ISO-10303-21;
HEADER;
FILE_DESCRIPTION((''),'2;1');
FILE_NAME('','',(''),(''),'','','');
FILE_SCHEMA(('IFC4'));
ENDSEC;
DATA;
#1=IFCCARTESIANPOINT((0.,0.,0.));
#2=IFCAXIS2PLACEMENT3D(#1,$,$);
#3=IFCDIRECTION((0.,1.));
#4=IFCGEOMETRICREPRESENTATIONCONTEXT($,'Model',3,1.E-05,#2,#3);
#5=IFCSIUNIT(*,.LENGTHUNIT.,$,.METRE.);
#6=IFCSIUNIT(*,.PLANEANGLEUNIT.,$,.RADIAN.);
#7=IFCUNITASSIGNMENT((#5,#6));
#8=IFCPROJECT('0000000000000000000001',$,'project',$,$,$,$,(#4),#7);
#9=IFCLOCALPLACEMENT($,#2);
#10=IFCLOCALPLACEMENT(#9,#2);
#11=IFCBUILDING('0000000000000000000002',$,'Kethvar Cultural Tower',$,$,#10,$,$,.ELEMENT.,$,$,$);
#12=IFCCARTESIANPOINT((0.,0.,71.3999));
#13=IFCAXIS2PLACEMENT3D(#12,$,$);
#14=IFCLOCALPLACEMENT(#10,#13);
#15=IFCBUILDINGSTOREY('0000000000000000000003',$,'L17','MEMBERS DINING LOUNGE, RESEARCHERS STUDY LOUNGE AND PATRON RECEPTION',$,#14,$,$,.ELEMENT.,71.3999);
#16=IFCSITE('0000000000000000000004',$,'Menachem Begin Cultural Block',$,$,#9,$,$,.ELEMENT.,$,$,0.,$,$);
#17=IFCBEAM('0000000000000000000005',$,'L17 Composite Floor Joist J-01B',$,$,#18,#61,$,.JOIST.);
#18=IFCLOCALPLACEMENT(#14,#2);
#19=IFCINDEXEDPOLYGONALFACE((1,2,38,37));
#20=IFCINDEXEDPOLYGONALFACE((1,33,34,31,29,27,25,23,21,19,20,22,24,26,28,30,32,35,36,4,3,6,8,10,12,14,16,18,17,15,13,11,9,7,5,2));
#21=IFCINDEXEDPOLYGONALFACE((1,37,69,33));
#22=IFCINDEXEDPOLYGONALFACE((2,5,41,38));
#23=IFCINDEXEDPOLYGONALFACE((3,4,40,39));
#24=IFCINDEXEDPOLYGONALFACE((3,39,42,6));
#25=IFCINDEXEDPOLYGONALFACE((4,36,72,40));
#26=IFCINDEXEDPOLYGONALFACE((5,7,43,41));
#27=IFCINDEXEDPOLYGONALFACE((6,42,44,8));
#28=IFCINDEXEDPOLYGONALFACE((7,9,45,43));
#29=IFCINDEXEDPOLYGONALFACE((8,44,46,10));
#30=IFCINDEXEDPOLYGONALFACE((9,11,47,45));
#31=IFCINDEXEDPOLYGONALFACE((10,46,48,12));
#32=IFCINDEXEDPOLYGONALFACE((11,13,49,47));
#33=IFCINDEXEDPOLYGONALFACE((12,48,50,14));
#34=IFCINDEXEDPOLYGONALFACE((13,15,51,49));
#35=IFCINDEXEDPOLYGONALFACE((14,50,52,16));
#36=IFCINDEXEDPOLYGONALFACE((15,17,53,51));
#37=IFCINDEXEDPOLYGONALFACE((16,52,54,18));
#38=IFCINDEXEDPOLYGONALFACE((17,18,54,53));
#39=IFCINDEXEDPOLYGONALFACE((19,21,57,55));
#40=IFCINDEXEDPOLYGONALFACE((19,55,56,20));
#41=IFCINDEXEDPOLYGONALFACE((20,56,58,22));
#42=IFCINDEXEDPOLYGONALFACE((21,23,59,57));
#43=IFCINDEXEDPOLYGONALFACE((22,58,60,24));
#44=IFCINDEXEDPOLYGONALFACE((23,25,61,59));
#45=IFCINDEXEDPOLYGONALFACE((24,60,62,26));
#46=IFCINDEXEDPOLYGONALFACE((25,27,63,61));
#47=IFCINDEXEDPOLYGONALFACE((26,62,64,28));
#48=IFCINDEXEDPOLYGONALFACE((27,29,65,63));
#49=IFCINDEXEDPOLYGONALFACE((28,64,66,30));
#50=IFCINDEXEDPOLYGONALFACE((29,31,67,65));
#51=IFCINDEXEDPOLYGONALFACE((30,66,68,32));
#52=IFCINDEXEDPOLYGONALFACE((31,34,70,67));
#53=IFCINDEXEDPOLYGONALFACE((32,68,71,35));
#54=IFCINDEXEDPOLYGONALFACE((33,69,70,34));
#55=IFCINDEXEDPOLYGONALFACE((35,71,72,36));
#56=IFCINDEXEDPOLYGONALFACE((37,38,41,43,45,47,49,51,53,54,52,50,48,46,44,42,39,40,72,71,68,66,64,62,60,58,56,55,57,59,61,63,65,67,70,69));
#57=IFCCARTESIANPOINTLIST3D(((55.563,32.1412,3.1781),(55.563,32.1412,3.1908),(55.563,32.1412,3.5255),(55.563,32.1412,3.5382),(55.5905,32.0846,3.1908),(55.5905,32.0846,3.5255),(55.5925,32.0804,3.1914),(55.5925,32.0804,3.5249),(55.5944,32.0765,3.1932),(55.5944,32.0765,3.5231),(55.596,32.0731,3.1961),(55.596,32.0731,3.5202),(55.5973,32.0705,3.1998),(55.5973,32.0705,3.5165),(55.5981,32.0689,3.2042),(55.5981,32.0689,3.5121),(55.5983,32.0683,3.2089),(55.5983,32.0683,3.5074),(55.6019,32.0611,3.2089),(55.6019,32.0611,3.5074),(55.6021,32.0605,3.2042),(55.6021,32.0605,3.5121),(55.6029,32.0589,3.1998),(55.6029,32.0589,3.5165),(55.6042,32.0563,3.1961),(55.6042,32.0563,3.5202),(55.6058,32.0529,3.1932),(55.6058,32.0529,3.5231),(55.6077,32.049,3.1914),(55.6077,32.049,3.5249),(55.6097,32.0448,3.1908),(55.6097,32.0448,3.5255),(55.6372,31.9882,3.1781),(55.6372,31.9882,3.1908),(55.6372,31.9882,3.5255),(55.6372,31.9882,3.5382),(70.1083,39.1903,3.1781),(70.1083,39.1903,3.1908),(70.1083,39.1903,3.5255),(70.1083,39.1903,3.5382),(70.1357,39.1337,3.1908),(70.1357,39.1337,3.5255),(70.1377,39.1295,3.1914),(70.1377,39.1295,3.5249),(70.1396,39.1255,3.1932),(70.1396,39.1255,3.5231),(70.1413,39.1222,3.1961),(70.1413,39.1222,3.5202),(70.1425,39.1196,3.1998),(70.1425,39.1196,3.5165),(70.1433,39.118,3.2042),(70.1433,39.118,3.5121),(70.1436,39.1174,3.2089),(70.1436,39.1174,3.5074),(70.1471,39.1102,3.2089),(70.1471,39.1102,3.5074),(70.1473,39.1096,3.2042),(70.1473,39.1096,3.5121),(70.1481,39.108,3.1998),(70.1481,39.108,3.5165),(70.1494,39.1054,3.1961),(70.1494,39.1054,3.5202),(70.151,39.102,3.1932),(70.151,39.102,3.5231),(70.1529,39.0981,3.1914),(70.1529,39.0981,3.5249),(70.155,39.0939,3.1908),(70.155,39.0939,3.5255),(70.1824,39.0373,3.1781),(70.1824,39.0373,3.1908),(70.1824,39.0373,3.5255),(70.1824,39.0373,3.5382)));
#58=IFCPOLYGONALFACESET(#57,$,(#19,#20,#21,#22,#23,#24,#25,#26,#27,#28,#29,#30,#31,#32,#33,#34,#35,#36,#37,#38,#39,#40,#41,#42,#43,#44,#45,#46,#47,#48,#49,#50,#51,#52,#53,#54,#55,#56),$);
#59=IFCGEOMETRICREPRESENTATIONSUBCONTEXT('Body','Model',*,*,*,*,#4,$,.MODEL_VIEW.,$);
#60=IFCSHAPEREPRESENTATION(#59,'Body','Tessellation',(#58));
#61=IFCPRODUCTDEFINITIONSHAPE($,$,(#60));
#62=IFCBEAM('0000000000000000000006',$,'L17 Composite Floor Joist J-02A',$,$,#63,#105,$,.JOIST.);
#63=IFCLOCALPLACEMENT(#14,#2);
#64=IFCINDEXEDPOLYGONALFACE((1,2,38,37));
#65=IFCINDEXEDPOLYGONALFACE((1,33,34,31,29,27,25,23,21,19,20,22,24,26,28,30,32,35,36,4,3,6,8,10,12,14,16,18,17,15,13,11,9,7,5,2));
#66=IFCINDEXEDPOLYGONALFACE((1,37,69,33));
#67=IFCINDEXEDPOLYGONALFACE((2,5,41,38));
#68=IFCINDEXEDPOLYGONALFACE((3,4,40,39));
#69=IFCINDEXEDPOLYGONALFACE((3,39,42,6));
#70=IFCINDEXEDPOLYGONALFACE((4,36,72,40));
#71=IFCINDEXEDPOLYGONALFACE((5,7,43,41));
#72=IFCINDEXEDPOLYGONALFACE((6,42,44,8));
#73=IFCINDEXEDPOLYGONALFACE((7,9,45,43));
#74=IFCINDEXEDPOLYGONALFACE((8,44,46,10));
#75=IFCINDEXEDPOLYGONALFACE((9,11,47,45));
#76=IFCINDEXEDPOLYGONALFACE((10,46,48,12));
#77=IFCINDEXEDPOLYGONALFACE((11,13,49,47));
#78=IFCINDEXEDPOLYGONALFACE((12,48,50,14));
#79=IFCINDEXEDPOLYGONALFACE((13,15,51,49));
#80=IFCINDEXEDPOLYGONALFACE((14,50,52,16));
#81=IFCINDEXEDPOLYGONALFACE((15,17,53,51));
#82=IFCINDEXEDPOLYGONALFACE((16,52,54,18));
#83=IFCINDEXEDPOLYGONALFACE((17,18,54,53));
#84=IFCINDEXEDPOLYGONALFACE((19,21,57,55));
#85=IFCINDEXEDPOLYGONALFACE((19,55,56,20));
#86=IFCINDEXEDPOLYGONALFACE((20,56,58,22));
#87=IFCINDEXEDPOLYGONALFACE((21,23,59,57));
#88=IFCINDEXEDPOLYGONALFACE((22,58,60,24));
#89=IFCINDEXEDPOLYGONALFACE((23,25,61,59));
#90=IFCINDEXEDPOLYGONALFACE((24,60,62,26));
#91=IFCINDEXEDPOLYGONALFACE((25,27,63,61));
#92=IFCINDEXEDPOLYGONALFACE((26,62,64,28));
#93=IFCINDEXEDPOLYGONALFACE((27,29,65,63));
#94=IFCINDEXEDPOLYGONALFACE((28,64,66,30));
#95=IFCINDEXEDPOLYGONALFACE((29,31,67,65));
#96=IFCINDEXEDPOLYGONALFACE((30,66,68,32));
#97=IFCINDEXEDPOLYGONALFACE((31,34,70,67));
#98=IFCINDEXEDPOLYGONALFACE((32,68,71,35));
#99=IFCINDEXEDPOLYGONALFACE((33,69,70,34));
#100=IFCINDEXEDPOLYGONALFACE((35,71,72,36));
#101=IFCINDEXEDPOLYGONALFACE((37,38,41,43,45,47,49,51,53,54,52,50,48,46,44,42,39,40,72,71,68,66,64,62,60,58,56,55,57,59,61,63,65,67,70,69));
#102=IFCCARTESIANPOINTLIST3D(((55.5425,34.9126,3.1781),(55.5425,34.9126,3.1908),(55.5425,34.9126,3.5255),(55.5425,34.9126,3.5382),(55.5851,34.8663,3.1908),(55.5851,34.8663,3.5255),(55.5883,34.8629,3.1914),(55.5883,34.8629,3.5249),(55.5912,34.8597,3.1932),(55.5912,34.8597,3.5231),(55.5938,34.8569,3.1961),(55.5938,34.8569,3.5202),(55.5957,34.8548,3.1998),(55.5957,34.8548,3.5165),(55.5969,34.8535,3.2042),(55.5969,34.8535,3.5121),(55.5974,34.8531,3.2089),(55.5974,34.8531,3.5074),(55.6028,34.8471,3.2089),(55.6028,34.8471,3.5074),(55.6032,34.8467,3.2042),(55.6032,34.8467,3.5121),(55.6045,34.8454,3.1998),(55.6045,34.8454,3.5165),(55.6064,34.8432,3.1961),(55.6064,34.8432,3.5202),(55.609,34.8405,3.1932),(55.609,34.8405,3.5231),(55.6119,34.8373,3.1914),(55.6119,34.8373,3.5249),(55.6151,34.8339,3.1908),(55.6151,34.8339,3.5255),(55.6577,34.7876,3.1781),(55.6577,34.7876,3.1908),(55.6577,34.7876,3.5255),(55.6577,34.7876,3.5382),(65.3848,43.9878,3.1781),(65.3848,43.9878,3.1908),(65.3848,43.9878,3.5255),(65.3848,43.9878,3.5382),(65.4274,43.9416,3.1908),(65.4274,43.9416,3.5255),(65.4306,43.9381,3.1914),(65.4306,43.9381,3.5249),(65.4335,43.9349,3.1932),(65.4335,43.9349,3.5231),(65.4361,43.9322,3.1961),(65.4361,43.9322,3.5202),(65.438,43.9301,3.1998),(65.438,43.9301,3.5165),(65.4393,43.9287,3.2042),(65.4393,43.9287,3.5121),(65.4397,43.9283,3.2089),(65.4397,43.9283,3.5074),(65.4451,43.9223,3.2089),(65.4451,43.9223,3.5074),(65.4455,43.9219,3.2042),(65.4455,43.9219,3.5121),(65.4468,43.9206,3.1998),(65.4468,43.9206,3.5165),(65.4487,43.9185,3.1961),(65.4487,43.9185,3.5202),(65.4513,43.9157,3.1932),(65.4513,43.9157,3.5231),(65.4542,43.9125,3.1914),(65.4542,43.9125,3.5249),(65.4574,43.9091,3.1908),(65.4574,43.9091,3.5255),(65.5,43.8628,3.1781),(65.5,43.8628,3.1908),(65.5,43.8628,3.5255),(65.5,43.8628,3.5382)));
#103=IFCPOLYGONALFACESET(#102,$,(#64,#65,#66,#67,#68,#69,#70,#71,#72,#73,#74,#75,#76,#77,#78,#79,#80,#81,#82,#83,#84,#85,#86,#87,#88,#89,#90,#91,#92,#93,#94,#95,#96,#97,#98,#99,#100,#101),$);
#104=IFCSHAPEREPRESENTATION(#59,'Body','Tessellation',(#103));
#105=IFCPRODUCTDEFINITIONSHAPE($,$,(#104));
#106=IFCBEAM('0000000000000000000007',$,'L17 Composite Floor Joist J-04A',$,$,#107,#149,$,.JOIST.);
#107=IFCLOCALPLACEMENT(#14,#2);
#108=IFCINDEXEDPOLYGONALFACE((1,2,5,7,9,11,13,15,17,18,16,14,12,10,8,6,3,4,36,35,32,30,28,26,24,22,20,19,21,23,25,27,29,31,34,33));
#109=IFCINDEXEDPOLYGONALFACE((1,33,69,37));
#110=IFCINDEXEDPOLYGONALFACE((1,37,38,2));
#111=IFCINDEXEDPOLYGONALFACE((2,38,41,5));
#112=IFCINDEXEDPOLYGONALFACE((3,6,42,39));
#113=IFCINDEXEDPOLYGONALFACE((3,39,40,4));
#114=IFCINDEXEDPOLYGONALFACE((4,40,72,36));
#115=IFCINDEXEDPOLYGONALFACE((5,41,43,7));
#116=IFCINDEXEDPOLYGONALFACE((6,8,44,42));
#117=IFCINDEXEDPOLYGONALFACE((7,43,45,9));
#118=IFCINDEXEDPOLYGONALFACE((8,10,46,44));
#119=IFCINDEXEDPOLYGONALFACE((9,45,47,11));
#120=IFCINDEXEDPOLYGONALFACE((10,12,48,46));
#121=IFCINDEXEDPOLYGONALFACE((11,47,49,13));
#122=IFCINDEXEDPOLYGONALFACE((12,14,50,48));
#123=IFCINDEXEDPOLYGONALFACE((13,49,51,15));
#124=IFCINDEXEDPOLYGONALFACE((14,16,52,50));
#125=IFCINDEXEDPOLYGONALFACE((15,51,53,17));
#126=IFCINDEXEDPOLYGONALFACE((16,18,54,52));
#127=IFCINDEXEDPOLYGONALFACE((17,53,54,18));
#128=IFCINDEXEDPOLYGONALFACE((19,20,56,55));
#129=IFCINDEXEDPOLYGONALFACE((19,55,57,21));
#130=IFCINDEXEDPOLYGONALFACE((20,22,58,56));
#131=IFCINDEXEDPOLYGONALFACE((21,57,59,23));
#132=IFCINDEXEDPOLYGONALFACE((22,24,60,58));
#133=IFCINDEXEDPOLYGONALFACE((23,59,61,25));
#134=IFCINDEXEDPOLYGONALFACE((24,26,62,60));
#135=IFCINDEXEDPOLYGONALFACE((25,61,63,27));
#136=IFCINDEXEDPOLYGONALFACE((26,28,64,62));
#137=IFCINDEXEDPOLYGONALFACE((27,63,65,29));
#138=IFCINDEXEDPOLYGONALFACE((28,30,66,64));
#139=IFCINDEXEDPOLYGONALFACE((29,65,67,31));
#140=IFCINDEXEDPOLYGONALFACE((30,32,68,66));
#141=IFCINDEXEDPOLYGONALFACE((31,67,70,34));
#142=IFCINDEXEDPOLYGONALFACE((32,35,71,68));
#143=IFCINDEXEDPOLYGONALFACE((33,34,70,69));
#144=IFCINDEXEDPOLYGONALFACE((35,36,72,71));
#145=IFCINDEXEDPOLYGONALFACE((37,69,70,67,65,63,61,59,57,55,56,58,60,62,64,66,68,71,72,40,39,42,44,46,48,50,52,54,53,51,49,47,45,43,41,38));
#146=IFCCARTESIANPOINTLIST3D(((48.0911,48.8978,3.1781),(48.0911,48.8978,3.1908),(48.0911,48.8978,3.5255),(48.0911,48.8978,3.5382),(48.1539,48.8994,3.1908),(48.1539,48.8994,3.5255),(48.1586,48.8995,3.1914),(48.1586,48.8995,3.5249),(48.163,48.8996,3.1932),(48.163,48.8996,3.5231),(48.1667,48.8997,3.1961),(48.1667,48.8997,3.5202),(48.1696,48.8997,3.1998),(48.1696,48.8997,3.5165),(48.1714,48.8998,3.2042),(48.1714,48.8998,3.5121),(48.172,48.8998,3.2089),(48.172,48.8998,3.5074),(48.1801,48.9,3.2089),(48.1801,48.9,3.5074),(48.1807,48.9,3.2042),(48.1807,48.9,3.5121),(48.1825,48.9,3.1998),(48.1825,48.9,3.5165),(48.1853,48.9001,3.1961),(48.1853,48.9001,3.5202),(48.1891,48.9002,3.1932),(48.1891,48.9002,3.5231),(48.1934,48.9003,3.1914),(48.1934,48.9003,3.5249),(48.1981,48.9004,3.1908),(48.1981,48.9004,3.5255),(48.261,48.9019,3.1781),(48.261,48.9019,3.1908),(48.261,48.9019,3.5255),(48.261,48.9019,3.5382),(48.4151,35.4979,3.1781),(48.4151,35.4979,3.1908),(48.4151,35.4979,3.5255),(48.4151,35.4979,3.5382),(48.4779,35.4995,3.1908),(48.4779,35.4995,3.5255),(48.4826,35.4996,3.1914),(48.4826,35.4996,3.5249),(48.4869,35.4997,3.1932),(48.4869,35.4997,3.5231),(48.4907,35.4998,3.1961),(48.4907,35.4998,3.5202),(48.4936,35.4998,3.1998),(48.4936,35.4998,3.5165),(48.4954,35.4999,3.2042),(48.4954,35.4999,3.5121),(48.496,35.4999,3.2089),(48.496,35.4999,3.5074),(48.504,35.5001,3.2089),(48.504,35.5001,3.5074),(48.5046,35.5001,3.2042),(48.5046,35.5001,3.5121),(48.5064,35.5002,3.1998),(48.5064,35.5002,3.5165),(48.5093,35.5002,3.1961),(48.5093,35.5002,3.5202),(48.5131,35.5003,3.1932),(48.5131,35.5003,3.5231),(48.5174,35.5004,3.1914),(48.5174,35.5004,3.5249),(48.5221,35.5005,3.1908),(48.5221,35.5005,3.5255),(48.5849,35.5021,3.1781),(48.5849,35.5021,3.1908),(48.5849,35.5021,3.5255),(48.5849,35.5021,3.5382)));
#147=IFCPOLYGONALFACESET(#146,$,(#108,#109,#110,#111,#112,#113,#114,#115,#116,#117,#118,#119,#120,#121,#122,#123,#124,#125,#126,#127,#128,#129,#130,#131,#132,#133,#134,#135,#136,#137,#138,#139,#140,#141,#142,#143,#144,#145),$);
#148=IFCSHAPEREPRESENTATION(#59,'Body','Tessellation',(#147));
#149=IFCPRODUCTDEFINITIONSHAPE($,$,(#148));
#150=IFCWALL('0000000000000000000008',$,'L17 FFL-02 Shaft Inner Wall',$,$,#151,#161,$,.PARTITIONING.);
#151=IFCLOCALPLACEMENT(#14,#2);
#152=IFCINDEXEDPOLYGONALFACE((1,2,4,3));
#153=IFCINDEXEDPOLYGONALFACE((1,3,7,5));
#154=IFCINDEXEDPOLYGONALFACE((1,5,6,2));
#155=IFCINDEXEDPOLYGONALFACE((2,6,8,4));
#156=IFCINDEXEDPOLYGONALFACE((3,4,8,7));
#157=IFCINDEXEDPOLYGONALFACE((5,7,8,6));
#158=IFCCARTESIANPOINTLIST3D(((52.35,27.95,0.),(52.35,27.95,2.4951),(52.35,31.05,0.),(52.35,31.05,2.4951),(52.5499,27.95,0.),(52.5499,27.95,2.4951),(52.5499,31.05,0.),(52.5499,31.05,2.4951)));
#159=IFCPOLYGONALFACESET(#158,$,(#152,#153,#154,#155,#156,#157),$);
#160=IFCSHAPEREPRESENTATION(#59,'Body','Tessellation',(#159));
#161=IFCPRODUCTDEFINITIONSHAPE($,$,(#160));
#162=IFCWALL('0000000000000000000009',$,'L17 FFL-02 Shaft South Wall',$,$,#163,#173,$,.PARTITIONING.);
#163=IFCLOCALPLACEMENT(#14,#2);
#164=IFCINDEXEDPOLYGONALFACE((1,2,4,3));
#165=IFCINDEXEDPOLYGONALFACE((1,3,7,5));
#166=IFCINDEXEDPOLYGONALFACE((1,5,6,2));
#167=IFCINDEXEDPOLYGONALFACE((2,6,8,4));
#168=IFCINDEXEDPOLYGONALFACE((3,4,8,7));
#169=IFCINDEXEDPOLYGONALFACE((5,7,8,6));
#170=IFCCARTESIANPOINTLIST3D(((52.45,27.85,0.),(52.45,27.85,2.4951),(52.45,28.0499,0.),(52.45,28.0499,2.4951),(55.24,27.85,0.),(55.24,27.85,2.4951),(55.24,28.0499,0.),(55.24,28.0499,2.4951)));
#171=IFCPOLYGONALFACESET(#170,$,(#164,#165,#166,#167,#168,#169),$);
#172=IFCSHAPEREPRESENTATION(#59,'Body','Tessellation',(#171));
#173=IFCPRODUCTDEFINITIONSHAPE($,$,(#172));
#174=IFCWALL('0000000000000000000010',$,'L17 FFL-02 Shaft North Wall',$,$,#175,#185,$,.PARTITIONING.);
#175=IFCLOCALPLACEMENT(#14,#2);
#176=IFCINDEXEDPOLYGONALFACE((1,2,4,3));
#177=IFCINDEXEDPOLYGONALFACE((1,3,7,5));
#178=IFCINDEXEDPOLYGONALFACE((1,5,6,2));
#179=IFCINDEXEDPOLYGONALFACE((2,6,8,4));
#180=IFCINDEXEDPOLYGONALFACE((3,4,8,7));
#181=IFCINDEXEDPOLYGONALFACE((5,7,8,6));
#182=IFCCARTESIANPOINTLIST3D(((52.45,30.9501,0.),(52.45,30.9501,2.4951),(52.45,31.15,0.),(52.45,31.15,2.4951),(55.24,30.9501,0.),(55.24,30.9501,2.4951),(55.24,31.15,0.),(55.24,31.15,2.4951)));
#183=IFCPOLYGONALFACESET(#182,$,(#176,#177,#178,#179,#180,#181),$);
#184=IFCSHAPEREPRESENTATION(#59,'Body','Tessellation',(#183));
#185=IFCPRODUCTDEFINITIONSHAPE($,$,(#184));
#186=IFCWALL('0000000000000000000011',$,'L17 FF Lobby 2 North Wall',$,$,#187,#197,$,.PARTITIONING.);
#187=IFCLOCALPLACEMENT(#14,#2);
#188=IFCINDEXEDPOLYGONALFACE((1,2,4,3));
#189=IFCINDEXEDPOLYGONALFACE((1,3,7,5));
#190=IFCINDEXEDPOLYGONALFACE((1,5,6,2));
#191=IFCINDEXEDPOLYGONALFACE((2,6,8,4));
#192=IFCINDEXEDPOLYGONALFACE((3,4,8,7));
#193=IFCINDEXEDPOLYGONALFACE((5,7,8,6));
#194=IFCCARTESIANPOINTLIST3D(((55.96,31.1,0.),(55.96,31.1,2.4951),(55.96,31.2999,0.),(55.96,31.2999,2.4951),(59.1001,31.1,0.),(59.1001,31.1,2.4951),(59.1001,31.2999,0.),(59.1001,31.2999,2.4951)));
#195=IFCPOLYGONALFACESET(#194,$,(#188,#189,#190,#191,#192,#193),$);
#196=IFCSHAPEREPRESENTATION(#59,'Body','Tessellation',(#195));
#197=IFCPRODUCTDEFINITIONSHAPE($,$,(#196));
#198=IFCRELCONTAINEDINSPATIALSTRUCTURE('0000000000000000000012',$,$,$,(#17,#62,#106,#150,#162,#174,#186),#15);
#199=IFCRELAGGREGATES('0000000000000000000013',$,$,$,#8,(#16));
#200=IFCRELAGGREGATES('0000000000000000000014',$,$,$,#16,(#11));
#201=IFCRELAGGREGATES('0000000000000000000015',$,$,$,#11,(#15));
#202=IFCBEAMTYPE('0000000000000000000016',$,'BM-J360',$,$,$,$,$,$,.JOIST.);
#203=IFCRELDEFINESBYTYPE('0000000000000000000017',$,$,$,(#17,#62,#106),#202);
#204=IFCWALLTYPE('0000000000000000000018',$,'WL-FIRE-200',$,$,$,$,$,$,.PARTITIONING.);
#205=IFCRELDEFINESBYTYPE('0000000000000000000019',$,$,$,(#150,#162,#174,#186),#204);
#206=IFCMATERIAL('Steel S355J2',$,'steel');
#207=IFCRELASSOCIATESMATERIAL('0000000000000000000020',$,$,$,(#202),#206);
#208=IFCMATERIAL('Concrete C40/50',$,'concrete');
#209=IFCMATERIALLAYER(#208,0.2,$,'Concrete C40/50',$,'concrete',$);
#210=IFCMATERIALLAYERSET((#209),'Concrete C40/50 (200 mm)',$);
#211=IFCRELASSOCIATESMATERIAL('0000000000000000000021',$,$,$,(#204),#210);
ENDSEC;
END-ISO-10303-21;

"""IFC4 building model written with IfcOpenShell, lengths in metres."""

from ifc_helpers import new_model, si_unit, direction, frame, frame_2d, origin, origin_2d, place, context, subcontext, project, spatial, rectangle, i_section, extrude, source, transform, mapped, material, layer, layer_set, material_profile, profile_set, type_object, element, save


model = new_model("IFC4")

# Units and contexts
model_context = context("Model", 3, precision=1e-05, world=origin(), true_north=direction((0.0, 1.0)))
body_context = subcontext(model_context, "Body", "Model", "MODEL_VIEW")
ifc_project = project(units=[si_unit("LENGTHUNIT", "METRE"), si_unit("PLANEANGLEUNIT", "RADIAN")], contexts=[model_context])

# Site, building, storey
site_placement = place(None, origin())
site = spatial("IfcSite", under=ifc_project, at=site_placement, Name="Menachem Begin Cultural Block", CompositionType="ELEMENT", RefElevation=0.0)
building_placement = place(site_placement, origin())
building = spatial("IfcBuilding", under=site, at=building_placement, Name="Kethvar Cultural Tower", CompositionType="ELEMENT")
storey_placement = place(building_placement, frame((0.0, 0.0, 71.3999)))
storey = spatial("IfcBuildingStorey", under=building, at=storey_placement, Name="L17", Description="MEMBERS DINING LOUNGE, RESEARCHERS STUDY LOUNGE AND PATRON RECEPTION", CompositionType="ELEMENT", Elevation=71.3999)

# Beams
ifc_material_1 = material(Name="Steel S355J2", Category="steel")
ifc_material_profile_1 = material_profile(ifc_material_1, i_section(OverallWidth=0.1699, OverallDepth=0.3601, WebThickness=0.0081, FlangeThickness=0.0127, FilletRadius=0.0181, at=origin_2d()), Name="Steel S355J2 — IPE360")
ifc_profile_set_1 = profile_set([ifc_material_profile_1], Name="Steel S355J2 — IPE360")
beam_type_1 = type_object("IfcBeamType", Name="BM-J360", PredefinedType="JOIST", material=ifc_profile_set_1)
shared_shape_1 = source(origin(), body_context, "Body", "SweptSolid", [
    extrude(i_section(OverallWidth=0.1699, OverallDepth=0.3601, WebThickness=0.0081, FlangeThickness=0.0127, FilletRadius=0.0181, at=origin_2d()), origin(), (0.0, 0.0, 1.0), 16.1633),
])
beam_1_placement = place(storey_placement, frame((55.6001, 32.0647, 3.3582), z_axis=(0.89989, 0.436117, 0.0), x_axis=(-0.436117, 0.89989, 0.0)))
element("IfcBeam", 1, at=beam_1_placement, inside=storey, type_object=beam_type_1, Name="L17 Composite Floor Joist J-01B", PredefinedType="JOIST", context=body_context, shape_type="MappedRepresentation", body=[
    mapped(shared_shape_1, transform((0.0, 0.0, 0.0), scale=1.0)),
])
shared_shape_2 = source(origin(), body_context, "Body", "SweptSolid", [
    extrude(i_section(OverallWidth=0.1699, OverallDepth=0.3601, WebThickness=0.0081, FlangeThickness=0.0127, FilletRadius=0.0181, at=origin_2d()), origin(), (0.0, 0.0, 1.0), 13.3877),
])
beam_2_placement = place(storey_placement, frame((55.6001, 34.8501, 3.3582), z_axis=(0.735175, 0.677877, 0.0), x_axis=(-0.677877, 0.735175, 0.0)))
element("IfcBeam", 2, at=beam_2_placement, inside=storey, type_object=beam_type_1, Name="L17 Composite Floor Joist J-02A", PredefinedType="JOIST", context=body_context, shape_type="MappedRepresentation", body=[
    mapped(shared_shape_2, transform((0.0, 0.0, 0.0), scale=1.0)),
])
shared_shape_3 = source(origin(), body_context, "Body", "SweptSolid", [
    extrude(i_section(OverallWidth=0.1699, OverallDepth=0.3601, WebThickness=0.0081, FlangeThickness=0.0127, FilletRadius=0.0181, at=origin_2d()), origin(), (0.0, 0.0, 1.0), 13.4038),
])
beam_3_placement = place(storey_placement, frame((48.5, 35.5, 3.3582), z_axis=(-0.02417, 0.999708, 0.0), x_axis=(-0.999708, -0.02417, 0.0)))
element("IfcBeam", 3, at=beam_3_placement, inside=storey, type_object=beam_type_1, Name="L17 Composite Floor Joist J-04A", PredefinedType="JOIST", context=body_context, shape_type="MappedRepresentation", body=[
    mapped(shared_shape_3, transform((0.0, 0.0, 0.0), scale=1.0)),
])

# Walls
ifc_material_2 = material(Name="Concrete C40/50", Category="concrete")
ifc_layer_1 = layer(ifc_material_2, 0.2, Name="Concrete C40/50", Category="concrete")
ifc_layer_set_1 = layer_set([ifc_layer_1], Name="Concrete C40/50 (200 mm)")
wall_type_1 = type_object("IfcWallType", Name="WL-FIRE-200", PredefinedType="PARTITIONING", material=ifc_layer_set_1)
wall_1_placement = place(storey_placement, frame((52.45, 27.95, 0.0), z_axis=(0.0, 0.0, 1.0), x_axis=(0.0, 1.0, 0.0)))
element("IfcWall", 4, at=wall_1_placement, inside=storey, type_object=wall_type_1, Name="L17 FFL-02 Shaft Inner Wall", PredefinedType="PARTITIONING", context=body_context, shape_type="SweptSolid", body=[
    extrude(rectangle(XDim=3.1001, YDim=0.2, at=frame_2d((1.55, 0.0))), origin(), (0.0, 0.0, 1.0), 2.4951),
])
for number, where, z_axis, x_axis, name in (
    (5, (52.45, 27.95, 0.0), (0.0, 0.0, 1.0), (1.0, 0.0, 0.0), "L17 FFL-02 Shaft South Wall"),
    (6, (52.45, 31.05, 0.0), (0.0, 0.0, 1.0), (1.0, 0.0, 0.0), "L17 FFL-02 Shaft North Wall"),
):
    element("IfcWall", number, at=place(storey_placement, frame(where, z_axis=z_axis, x_axis=x_axis)), inside=storey, type_object=wall_type_1, Name=name, PredefinedType="PARTITIONING", context=body_context, shape_type="SweptSolid", body=[
        extrude(rectangle(XDim=2.79, YDim=0.2, at=frame_2d((1.395, 0.0))), origin(), (0.0, 0.0, 1.0), 2.4951),
    ])
wall_2_placement = place(storey_placement, frame((55.96, 31.2, 0.0), z_axis=(0.0, 0.0, 1.0), x_axis=(1.0, 0.0, 0.0)))
element("IfcWall", 7, at=wall_2_placement, inside=storey, type_object=wall_type_1, Name="L17 FF Lobby 2 North Wall", PredefinedType="PARTITIONING", context=body_context, shape_type="SweptSolid", body=[
    extrude(rectangle(XDim=3.1401, YDim=0.2, at=frame_2d((1.5701, 0.0))), origin(), (0.0, 0.0, 1.0), 2.4951),
])

save(model, "model.ifc")
